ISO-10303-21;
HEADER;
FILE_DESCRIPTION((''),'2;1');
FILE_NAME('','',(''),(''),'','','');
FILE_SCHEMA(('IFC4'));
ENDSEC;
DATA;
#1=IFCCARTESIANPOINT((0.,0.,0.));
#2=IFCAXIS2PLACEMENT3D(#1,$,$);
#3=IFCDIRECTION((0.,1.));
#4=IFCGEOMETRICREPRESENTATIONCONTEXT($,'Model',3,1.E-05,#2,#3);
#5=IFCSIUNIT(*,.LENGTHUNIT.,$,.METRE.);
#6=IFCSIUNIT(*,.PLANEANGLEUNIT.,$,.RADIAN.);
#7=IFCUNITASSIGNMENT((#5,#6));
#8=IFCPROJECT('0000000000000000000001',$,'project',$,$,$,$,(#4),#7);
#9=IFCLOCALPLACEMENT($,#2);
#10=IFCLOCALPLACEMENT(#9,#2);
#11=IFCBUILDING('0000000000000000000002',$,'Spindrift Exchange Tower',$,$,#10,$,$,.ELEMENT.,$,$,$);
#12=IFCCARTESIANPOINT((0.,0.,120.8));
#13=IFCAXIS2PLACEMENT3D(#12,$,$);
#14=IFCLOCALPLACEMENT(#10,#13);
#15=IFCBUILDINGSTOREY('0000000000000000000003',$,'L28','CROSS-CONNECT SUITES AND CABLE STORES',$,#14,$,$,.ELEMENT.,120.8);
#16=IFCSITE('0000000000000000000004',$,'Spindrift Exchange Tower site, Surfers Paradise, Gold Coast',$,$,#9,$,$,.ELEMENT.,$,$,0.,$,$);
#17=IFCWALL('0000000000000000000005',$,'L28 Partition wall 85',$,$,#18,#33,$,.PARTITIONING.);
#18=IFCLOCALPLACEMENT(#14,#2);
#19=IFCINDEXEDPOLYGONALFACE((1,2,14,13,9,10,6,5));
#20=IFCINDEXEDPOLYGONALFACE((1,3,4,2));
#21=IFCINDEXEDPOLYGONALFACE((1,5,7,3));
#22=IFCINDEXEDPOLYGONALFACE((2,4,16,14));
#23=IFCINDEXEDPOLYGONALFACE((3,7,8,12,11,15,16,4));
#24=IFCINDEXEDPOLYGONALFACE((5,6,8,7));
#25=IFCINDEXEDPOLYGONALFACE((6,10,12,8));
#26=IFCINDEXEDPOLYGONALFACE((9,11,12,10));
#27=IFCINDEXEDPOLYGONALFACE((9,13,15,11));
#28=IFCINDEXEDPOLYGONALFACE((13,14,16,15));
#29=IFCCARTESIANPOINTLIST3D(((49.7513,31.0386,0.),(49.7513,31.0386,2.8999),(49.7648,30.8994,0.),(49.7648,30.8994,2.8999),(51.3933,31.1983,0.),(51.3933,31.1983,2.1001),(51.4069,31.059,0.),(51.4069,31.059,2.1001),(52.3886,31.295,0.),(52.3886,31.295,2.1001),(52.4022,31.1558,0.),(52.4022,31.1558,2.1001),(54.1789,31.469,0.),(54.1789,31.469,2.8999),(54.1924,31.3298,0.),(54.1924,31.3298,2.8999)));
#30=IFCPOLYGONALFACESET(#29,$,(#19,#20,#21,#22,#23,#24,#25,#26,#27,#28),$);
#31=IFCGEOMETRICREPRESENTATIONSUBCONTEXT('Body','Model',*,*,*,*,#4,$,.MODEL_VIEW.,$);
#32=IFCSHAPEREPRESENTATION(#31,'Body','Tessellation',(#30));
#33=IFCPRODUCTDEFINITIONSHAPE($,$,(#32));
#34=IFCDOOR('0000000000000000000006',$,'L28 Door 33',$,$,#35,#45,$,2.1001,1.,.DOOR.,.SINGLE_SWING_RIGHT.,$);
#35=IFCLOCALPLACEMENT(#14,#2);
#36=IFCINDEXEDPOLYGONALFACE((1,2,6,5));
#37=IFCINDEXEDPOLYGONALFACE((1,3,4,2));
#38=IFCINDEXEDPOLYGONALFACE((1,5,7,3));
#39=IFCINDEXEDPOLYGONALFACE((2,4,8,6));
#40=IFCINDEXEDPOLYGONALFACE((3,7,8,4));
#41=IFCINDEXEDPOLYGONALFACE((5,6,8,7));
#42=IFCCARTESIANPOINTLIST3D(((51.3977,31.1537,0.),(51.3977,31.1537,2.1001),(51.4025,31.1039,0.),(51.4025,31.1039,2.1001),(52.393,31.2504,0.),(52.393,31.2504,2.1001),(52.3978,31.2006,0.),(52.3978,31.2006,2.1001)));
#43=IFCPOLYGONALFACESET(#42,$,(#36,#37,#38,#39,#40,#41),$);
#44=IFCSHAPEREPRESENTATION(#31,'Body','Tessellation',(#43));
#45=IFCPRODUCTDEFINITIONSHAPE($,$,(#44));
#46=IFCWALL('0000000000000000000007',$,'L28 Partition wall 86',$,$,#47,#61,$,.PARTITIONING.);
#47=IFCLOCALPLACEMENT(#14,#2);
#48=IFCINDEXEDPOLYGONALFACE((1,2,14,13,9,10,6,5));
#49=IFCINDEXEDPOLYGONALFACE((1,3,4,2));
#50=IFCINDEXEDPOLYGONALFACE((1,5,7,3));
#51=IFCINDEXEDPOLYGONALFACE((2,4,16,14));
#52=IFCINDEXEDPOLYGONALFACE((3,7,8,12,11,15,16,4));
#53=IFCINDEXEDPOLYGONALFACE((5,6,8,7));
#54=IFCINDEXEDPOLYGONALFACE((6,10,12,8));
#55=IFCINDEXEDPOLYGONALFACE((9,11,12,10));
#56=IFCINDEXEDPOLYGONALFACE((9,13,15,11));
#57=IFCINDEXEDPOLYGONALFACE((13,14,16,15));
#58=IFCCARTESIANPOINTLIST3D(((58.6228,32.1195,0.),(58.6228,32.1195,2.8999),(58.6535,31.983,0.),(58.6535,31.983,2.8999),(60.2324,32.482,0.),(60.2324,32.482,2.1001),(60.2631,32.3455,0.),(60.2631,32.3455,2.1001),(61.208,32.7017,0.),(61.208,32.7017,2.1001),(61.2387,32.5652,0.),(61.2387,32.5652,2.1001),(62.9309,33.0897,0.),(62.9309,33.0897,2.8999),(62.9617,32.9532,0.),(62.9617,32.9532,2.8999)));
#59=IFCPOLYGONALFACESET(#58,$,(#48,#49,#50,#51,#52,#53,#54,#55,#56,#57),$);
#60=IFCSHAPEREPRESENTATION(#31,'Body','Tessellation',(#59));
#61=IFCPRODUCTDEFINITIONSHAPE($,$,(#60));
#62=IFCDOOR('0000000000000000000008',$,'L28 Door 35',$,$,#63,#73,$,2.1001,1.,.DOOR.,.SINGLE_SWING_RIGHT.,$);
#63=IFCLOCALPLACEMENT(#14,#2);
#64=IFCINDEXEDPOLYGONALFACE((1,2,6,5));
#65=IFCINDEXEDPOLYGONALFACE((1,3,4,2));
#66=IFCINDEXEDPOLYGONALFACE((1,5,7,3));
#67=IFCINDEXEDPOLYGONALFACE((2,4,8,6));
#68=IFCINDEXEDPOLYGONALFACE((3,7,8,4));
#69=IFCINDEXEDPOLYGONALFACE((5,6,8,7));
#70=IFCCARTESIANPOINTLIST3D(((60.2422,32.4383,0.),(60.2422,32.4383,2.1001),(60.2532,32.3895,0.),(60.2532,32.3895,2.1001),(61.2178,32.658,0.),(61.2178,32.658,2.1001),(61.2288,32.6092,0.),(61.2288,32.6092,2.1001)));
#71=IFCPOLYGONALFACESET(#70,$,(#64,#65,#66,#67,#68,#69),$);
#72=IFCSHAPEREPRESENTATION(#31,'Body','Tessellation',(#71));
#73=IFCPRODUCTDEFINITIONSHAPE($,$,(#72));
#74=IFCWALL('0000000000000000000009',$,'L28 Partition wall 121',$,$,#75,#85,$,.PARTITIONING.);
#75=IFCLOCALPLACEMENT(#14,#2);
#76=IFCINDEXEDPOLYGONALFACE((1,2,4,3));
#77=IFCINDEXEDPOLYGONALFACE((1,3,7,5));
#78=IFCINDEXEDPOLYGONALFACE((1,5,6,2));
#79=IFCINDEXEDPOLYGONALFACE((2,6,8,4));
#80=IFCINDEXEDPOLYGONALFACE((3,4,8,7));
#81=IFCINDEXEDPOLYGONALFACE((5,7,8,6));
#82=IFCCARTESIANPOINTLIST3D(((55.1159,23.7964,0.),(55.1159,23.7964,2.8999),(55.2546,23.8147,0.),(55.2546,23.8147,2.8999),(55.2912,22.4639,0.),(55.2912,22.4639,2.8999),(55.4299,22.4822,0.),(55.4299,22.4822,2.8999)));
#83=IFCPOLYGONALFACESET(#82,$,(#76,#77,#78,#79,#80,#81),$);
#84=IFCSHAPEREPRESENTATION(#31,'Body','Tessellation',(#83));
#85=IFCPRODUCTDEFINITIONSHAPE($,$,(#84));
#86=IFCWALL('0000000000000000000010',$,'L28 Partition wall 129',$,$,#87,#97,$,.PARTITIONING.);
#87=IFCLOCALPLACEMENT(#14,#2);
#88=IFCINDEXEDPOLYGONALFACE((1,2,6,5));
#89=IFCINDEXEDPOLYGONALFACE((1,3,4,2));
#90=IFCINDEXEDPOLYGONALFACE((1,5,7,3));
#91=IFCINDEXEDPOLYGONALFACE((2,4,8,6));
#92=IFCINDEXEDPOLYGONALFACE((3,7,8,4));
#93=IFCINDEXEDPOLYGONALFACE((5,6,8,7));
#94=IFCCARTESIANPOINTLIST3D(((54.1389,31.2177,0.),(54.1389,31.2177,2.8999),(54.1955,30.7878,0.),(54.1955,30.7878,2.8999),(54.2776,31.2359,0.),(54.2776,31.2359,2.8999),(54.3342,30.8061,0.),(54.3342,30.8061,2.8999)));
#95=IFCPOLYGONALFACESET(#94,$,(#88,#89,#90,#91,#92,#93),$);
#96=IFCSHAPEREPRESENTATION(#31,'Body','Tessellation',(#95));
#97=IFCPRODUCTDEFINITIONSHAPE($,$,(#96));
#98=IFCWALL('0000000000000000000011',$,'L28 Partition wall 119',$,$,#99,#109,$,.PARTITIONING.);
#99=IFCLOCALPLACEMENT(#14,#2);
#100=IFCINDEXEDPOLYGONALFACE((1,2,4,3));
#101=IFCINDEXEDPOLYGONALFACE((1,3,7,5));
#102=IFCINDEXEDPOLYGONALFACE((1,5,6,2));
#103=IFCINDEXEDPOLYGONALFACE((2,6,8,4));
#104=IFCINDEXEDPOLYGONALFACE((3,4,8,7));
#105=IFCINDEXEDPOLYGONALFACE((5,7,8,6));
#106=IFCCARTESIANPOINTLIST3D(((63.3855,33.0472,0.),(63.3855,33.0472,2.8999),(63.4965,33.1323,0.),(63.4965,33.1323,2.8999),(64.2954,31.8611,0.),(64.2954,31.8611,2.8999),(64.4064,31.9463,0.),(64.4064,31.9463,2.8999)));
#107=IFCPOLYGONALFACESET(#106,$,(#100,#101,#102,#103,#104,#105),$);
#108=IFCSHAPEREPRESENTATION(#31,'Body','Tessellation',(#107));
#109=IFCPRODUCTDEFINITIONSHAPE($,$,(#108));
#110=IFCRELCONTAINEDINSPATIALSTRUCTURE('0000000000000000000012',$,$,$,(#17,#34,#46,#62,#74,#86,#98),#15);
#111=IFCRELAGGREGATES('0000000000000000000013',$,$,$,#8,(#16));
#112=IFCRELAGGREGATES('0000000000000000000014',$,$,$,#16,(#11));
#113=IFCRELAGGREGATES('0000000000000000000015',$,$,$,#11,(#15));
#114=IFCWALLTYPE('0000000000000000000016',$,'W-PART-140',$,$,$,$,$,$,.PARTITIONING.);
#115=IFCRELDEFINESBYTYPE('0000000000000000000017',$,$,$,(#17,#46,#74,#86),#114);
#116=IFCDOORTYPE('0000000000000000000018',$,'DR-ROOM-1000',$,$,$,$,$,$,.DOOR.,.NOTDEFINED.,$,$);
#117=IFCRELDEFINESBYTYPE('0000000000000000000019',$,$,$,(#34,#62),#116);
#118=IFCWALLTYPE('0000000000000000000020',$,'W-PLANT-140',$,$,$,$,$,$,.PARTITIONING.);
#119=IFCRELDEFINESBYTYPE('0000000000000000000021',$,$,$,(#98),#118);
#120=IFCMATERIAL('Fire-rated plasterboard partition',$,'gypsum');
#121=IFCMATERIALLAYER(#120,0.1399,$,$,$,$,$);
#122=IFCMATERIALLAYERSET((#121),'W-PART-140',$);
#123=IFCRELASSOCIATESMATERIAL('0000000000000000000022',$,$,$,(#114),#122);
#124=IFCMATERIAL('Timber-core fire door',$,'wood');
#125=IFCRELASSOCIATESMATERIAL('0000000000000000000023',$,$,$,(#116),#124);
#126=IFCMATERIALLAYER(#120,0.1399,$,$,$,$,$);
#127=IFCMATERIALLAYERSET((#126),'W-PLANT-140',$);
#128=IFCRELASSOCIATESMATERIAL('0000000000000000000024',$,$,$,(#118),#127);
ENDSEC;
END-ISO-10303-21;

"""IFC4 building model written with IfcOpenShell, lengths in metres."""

from ifc_helpers import new_model, si_unit, direction, frame, frame_2d, origin, place, context, subcontext, project, spatial, rectangle, extrude, source, transform, mapped, material, layer, layer_set, type_object, element, fill, save


model = new_model("IFC4")

# Units and contexts
model_context = context("Model", 3, precision=1e-05, world=origin(), true_north=direction((0.0, 1.0)))
body_context = subcontext(model_context, "Body", "Model", "MODEL_VIEW")
ifc_project = project(units=[si_unit("LENGTHUNIT", "METRE"), si_unit("PLANEANGLEUNIT", "RADIAN")], contexts=[model_context])

# Site, building, storey
site_placement = place(None, origin())
site = spatial("IfcSite", under=ifc_project, at=site_placement, Name="Spindrift Exchange Tower site, Surfers Paradise, Gold Coast", CompositionType="ELEMENT", RefElevation=0.0)
building_placement = place(site_placement, origin())
building = spatial("IfcBuilding", under=site, at=building_placement, Name="Spindrift Exchange Tower", CompositionType="ELEMENT")
storey_placement = place(building_placement, frame((0.0, 0.0, 120.8)))
storey = spatial("IfcBuildingStorey", under=building, at=storey_placement, Name="L28", Description="CROSS-CONNECT SUITES AND CABLE STORES", CompositionType="ELEMENT", Elevation=120.8)

# Shared definitions
ifc_material_1 = material(Name="Fire-rated plasterboard partition", Category="gypsum")
ifc_layer_1 = layer(ifc_material_1, 0.1399)
ifc_layer_set_1 = layer_set([ifc_layer_1], Name="W-PART-140")
wall_type_1 = type_object("IfcWallType", Name="W-PART-140", PredefinedType="PARTITIONING", material=ifc_layer_set_1)

# Walls, openings, doors
wall_1_placement = place(storey_placement, frame((54.1855, 31.3994, 0.0), z_axis=(0.0, 0.0, 1.0), x_axis=(-0.995308, -0.096754, 0.0)))
wall_1 = element("IfcWall", 1, at=wall_1_placement, inside=storey, type_object=wall_type_1, Name="L28 Partition wall 85", PredefinedType="PARTITIONING", context=body_context, shape_type="SweptSolid", body=[
    extrude(rectangle(XDim=4.4485, YDim=0.1399, at=frame_2d((2.2241, 0.0))), origin(), (0.0, 0.0, 1.0), 2.8999),
])
opening_1_placement = place(wall_1_placement, frame((1.7986, 0.0, 0.0)))
opening_1 = element("IfcOpeningElement", 2, at=opening_1_placement, cuts=wall_1, PredefinedType="OPENING", context=body_context, shape_type="SweptSolid", body=[
    extrude(rectangle(XDim=1.0, YDim=2.1001, at=frame_2d((0.5, 1.05))), frame((0.0, 0.0798, 0.0), z_axis=(0.0, -1.0, 0.0), x_axis=(1.0, 0.0, 0.0)), (0.0, 0.0, 1.0), 0.1599),
])
ifc_material_2 = material(Name="Timber-core fire door", Category="wood")
door_type = type_object("IfcDoorType", Name="DR-ROOM-1000", OperationType="NOTDEFINED", PredefinedType="DOOR", material=ifc_material_2)
shared_shape_1 = source(origin(), body_context, "Body", "SweptSolid", [
    extrude(rectangle(XDim=1.0, YDim=2.1001, at=frame_2d((0.5, 1.05))), frame((0.0, 0.0249, 0.0), z_axis=(0.0, -1.0, 0.0), x_axis=(1.0, 0.0, 0.0)), (0.0, 0.0, 1.0), 0.05),
])
door_1_placement = place(opening_1_placement, origin())
door_1 = element("IfcDoor", 3, at=door_1_placement, inside=storey, type_object=door_type, Name="L28 Door 33", OperationType="SINGLE_SWING_RIGHT", OverallHeight=2.1001, OverallWidth=1.0, PredefinedType="DOOR", context=body_context, shape_type="MappedRepresentation", body=[
    mapped(shared_shape_1, transform((0.0, 0.0, 0.0), scale=1.0)),
])
fill(opening_1, door_1)
wall_2_placement = place(storey_placement, frame((62.9463, 33.0215, 0.0), z_axis=(0.0, 0.0, 1.0), x_axis=(-0.975567, -0.219704, 0.0)))
wall_2 = element("IfcWall", 4, at=wall_2_placement, inside=storey, type_object=wall_type_1, Name="L28 Partition wall 86", PredefinedType="PARTITIONING", context=body_context, shape_type="SweptSolid", body=[
    extrude(rectangle(XDim=4.416, YDim=0.1399, at=frame_2d((2.208, 0.0))), origin(), (0.0, 0.0, 1.0), 2.8999),
])
opening_2_placement = place(wall_2_placement, frame((1.7661, 0.0, 0.0)))
opening_2 = element("IfcOpeningElement", 5, at=opening_2_placement, cuts=wall_2, PredefinedType="OPENING", context=body_context, shape_type="SweptSolid", body=[
    extrude(rectangle(XDim=1.0, YDim=2.1001, at=frame_2d((0.5, 1.05))), frame((0.0, 0.0798, 0.0), z_axis=(0.0, -1.0, 0.0), x_axis=(1.0, 0.0, 0.0)), (0.0, 0.0, 1.0), 0.1599),
])
door_2_placement = place(opening_2_placement, origin())
door_2 = element("IfcDoor", 6, at=door_2_placement, inside=storey, type_object=door_type, Name="L28 Door 35", OperationType="SINGLE_SWING_RIGHT", OverallHeight=2.1001, OverallWidth=1.0, PredefinedType="DOOR", context=body_context, shape_type="MappedRepresentation", body=[
    mapped(shared_shape_1, transform((0.0, 0.0, 0.0), scale=1.0)),
])
fill(opening_2, door_2)

# Walls
wall_3_placement = place(storey_placement, frame((55.1853, 23.8054, 0.0), z_axis=(0.0, 0.0, 1.0), x_axis=(0.130426, -0.991458, 0.0)))
element("IfcWall", 7, at=wall_3_placement, inside=storey, type_object=wall_type_1, Name="L28 Partition wall 121", PredefinedType="PARTITIONING", context=body_context, shape_type="SweptSolid", body=[
    extrude(rectangle(XDim=1.344, YDim=0.1399, at=frame_2d((0.6719, 0.0))), origin(), (0.0, 0.0, 1.0), 2.8999),
])
wall_4_placement = place(storey_placement, frame((54.2083, 31.2268, 0.0), z_axis=(0.0, 0.0, 1.0), x_axis=(0.130615, -0.991433, 0.0)))
element("IfcWall", 8, at=wall_4_placement, inside=storey, type_object=wall_type_1, Name="L28 Partition wall 129", PredefinedType="PARTITIONING", context=body_context, shape_type="SweptSolid", body=[
    extrude(rectangle(XDim=0.4336, YDim=0.1399, at=frame_2d((0.2168, 0.0))), origin(), (0.0, 0.0, 1.0), 2.8999),
])
ifc_layer_2 = layer(ifc_material_1, 0.1399)
ifc_layer_set_2 = layer_set([ifc_layer_2], Name="W-PLANT-140")
wall_type_2 = type_object("IfcWallType", Name="W-PLANT-140", PredefinedType="PARTITIONING", material=ifc_layer_set_2)
wall_5_placement = place(storey_placement, frame((63.4409, 33.0898, 0.0), z_axis=(0.0, 0.0, 1.0), x_axis=(0.608692, -0.793407, 0.0)))
element("IfcWall", 9, at=wall_5_placement, inside=storey, type_object=wall_type_2, Name="L28 Partition wall 119", PredefinedType="PARTITIONING", context=body_context, shape_type="SweptSolid", body=[
    extrude(rectangle(XDim=1.4949, YDim=0.1399, at=frame_2d((0.7476, 0.0))), origin(), (0.0, 0.0, 1.0), 2.8999),
])

save(model, "model.ifc")
